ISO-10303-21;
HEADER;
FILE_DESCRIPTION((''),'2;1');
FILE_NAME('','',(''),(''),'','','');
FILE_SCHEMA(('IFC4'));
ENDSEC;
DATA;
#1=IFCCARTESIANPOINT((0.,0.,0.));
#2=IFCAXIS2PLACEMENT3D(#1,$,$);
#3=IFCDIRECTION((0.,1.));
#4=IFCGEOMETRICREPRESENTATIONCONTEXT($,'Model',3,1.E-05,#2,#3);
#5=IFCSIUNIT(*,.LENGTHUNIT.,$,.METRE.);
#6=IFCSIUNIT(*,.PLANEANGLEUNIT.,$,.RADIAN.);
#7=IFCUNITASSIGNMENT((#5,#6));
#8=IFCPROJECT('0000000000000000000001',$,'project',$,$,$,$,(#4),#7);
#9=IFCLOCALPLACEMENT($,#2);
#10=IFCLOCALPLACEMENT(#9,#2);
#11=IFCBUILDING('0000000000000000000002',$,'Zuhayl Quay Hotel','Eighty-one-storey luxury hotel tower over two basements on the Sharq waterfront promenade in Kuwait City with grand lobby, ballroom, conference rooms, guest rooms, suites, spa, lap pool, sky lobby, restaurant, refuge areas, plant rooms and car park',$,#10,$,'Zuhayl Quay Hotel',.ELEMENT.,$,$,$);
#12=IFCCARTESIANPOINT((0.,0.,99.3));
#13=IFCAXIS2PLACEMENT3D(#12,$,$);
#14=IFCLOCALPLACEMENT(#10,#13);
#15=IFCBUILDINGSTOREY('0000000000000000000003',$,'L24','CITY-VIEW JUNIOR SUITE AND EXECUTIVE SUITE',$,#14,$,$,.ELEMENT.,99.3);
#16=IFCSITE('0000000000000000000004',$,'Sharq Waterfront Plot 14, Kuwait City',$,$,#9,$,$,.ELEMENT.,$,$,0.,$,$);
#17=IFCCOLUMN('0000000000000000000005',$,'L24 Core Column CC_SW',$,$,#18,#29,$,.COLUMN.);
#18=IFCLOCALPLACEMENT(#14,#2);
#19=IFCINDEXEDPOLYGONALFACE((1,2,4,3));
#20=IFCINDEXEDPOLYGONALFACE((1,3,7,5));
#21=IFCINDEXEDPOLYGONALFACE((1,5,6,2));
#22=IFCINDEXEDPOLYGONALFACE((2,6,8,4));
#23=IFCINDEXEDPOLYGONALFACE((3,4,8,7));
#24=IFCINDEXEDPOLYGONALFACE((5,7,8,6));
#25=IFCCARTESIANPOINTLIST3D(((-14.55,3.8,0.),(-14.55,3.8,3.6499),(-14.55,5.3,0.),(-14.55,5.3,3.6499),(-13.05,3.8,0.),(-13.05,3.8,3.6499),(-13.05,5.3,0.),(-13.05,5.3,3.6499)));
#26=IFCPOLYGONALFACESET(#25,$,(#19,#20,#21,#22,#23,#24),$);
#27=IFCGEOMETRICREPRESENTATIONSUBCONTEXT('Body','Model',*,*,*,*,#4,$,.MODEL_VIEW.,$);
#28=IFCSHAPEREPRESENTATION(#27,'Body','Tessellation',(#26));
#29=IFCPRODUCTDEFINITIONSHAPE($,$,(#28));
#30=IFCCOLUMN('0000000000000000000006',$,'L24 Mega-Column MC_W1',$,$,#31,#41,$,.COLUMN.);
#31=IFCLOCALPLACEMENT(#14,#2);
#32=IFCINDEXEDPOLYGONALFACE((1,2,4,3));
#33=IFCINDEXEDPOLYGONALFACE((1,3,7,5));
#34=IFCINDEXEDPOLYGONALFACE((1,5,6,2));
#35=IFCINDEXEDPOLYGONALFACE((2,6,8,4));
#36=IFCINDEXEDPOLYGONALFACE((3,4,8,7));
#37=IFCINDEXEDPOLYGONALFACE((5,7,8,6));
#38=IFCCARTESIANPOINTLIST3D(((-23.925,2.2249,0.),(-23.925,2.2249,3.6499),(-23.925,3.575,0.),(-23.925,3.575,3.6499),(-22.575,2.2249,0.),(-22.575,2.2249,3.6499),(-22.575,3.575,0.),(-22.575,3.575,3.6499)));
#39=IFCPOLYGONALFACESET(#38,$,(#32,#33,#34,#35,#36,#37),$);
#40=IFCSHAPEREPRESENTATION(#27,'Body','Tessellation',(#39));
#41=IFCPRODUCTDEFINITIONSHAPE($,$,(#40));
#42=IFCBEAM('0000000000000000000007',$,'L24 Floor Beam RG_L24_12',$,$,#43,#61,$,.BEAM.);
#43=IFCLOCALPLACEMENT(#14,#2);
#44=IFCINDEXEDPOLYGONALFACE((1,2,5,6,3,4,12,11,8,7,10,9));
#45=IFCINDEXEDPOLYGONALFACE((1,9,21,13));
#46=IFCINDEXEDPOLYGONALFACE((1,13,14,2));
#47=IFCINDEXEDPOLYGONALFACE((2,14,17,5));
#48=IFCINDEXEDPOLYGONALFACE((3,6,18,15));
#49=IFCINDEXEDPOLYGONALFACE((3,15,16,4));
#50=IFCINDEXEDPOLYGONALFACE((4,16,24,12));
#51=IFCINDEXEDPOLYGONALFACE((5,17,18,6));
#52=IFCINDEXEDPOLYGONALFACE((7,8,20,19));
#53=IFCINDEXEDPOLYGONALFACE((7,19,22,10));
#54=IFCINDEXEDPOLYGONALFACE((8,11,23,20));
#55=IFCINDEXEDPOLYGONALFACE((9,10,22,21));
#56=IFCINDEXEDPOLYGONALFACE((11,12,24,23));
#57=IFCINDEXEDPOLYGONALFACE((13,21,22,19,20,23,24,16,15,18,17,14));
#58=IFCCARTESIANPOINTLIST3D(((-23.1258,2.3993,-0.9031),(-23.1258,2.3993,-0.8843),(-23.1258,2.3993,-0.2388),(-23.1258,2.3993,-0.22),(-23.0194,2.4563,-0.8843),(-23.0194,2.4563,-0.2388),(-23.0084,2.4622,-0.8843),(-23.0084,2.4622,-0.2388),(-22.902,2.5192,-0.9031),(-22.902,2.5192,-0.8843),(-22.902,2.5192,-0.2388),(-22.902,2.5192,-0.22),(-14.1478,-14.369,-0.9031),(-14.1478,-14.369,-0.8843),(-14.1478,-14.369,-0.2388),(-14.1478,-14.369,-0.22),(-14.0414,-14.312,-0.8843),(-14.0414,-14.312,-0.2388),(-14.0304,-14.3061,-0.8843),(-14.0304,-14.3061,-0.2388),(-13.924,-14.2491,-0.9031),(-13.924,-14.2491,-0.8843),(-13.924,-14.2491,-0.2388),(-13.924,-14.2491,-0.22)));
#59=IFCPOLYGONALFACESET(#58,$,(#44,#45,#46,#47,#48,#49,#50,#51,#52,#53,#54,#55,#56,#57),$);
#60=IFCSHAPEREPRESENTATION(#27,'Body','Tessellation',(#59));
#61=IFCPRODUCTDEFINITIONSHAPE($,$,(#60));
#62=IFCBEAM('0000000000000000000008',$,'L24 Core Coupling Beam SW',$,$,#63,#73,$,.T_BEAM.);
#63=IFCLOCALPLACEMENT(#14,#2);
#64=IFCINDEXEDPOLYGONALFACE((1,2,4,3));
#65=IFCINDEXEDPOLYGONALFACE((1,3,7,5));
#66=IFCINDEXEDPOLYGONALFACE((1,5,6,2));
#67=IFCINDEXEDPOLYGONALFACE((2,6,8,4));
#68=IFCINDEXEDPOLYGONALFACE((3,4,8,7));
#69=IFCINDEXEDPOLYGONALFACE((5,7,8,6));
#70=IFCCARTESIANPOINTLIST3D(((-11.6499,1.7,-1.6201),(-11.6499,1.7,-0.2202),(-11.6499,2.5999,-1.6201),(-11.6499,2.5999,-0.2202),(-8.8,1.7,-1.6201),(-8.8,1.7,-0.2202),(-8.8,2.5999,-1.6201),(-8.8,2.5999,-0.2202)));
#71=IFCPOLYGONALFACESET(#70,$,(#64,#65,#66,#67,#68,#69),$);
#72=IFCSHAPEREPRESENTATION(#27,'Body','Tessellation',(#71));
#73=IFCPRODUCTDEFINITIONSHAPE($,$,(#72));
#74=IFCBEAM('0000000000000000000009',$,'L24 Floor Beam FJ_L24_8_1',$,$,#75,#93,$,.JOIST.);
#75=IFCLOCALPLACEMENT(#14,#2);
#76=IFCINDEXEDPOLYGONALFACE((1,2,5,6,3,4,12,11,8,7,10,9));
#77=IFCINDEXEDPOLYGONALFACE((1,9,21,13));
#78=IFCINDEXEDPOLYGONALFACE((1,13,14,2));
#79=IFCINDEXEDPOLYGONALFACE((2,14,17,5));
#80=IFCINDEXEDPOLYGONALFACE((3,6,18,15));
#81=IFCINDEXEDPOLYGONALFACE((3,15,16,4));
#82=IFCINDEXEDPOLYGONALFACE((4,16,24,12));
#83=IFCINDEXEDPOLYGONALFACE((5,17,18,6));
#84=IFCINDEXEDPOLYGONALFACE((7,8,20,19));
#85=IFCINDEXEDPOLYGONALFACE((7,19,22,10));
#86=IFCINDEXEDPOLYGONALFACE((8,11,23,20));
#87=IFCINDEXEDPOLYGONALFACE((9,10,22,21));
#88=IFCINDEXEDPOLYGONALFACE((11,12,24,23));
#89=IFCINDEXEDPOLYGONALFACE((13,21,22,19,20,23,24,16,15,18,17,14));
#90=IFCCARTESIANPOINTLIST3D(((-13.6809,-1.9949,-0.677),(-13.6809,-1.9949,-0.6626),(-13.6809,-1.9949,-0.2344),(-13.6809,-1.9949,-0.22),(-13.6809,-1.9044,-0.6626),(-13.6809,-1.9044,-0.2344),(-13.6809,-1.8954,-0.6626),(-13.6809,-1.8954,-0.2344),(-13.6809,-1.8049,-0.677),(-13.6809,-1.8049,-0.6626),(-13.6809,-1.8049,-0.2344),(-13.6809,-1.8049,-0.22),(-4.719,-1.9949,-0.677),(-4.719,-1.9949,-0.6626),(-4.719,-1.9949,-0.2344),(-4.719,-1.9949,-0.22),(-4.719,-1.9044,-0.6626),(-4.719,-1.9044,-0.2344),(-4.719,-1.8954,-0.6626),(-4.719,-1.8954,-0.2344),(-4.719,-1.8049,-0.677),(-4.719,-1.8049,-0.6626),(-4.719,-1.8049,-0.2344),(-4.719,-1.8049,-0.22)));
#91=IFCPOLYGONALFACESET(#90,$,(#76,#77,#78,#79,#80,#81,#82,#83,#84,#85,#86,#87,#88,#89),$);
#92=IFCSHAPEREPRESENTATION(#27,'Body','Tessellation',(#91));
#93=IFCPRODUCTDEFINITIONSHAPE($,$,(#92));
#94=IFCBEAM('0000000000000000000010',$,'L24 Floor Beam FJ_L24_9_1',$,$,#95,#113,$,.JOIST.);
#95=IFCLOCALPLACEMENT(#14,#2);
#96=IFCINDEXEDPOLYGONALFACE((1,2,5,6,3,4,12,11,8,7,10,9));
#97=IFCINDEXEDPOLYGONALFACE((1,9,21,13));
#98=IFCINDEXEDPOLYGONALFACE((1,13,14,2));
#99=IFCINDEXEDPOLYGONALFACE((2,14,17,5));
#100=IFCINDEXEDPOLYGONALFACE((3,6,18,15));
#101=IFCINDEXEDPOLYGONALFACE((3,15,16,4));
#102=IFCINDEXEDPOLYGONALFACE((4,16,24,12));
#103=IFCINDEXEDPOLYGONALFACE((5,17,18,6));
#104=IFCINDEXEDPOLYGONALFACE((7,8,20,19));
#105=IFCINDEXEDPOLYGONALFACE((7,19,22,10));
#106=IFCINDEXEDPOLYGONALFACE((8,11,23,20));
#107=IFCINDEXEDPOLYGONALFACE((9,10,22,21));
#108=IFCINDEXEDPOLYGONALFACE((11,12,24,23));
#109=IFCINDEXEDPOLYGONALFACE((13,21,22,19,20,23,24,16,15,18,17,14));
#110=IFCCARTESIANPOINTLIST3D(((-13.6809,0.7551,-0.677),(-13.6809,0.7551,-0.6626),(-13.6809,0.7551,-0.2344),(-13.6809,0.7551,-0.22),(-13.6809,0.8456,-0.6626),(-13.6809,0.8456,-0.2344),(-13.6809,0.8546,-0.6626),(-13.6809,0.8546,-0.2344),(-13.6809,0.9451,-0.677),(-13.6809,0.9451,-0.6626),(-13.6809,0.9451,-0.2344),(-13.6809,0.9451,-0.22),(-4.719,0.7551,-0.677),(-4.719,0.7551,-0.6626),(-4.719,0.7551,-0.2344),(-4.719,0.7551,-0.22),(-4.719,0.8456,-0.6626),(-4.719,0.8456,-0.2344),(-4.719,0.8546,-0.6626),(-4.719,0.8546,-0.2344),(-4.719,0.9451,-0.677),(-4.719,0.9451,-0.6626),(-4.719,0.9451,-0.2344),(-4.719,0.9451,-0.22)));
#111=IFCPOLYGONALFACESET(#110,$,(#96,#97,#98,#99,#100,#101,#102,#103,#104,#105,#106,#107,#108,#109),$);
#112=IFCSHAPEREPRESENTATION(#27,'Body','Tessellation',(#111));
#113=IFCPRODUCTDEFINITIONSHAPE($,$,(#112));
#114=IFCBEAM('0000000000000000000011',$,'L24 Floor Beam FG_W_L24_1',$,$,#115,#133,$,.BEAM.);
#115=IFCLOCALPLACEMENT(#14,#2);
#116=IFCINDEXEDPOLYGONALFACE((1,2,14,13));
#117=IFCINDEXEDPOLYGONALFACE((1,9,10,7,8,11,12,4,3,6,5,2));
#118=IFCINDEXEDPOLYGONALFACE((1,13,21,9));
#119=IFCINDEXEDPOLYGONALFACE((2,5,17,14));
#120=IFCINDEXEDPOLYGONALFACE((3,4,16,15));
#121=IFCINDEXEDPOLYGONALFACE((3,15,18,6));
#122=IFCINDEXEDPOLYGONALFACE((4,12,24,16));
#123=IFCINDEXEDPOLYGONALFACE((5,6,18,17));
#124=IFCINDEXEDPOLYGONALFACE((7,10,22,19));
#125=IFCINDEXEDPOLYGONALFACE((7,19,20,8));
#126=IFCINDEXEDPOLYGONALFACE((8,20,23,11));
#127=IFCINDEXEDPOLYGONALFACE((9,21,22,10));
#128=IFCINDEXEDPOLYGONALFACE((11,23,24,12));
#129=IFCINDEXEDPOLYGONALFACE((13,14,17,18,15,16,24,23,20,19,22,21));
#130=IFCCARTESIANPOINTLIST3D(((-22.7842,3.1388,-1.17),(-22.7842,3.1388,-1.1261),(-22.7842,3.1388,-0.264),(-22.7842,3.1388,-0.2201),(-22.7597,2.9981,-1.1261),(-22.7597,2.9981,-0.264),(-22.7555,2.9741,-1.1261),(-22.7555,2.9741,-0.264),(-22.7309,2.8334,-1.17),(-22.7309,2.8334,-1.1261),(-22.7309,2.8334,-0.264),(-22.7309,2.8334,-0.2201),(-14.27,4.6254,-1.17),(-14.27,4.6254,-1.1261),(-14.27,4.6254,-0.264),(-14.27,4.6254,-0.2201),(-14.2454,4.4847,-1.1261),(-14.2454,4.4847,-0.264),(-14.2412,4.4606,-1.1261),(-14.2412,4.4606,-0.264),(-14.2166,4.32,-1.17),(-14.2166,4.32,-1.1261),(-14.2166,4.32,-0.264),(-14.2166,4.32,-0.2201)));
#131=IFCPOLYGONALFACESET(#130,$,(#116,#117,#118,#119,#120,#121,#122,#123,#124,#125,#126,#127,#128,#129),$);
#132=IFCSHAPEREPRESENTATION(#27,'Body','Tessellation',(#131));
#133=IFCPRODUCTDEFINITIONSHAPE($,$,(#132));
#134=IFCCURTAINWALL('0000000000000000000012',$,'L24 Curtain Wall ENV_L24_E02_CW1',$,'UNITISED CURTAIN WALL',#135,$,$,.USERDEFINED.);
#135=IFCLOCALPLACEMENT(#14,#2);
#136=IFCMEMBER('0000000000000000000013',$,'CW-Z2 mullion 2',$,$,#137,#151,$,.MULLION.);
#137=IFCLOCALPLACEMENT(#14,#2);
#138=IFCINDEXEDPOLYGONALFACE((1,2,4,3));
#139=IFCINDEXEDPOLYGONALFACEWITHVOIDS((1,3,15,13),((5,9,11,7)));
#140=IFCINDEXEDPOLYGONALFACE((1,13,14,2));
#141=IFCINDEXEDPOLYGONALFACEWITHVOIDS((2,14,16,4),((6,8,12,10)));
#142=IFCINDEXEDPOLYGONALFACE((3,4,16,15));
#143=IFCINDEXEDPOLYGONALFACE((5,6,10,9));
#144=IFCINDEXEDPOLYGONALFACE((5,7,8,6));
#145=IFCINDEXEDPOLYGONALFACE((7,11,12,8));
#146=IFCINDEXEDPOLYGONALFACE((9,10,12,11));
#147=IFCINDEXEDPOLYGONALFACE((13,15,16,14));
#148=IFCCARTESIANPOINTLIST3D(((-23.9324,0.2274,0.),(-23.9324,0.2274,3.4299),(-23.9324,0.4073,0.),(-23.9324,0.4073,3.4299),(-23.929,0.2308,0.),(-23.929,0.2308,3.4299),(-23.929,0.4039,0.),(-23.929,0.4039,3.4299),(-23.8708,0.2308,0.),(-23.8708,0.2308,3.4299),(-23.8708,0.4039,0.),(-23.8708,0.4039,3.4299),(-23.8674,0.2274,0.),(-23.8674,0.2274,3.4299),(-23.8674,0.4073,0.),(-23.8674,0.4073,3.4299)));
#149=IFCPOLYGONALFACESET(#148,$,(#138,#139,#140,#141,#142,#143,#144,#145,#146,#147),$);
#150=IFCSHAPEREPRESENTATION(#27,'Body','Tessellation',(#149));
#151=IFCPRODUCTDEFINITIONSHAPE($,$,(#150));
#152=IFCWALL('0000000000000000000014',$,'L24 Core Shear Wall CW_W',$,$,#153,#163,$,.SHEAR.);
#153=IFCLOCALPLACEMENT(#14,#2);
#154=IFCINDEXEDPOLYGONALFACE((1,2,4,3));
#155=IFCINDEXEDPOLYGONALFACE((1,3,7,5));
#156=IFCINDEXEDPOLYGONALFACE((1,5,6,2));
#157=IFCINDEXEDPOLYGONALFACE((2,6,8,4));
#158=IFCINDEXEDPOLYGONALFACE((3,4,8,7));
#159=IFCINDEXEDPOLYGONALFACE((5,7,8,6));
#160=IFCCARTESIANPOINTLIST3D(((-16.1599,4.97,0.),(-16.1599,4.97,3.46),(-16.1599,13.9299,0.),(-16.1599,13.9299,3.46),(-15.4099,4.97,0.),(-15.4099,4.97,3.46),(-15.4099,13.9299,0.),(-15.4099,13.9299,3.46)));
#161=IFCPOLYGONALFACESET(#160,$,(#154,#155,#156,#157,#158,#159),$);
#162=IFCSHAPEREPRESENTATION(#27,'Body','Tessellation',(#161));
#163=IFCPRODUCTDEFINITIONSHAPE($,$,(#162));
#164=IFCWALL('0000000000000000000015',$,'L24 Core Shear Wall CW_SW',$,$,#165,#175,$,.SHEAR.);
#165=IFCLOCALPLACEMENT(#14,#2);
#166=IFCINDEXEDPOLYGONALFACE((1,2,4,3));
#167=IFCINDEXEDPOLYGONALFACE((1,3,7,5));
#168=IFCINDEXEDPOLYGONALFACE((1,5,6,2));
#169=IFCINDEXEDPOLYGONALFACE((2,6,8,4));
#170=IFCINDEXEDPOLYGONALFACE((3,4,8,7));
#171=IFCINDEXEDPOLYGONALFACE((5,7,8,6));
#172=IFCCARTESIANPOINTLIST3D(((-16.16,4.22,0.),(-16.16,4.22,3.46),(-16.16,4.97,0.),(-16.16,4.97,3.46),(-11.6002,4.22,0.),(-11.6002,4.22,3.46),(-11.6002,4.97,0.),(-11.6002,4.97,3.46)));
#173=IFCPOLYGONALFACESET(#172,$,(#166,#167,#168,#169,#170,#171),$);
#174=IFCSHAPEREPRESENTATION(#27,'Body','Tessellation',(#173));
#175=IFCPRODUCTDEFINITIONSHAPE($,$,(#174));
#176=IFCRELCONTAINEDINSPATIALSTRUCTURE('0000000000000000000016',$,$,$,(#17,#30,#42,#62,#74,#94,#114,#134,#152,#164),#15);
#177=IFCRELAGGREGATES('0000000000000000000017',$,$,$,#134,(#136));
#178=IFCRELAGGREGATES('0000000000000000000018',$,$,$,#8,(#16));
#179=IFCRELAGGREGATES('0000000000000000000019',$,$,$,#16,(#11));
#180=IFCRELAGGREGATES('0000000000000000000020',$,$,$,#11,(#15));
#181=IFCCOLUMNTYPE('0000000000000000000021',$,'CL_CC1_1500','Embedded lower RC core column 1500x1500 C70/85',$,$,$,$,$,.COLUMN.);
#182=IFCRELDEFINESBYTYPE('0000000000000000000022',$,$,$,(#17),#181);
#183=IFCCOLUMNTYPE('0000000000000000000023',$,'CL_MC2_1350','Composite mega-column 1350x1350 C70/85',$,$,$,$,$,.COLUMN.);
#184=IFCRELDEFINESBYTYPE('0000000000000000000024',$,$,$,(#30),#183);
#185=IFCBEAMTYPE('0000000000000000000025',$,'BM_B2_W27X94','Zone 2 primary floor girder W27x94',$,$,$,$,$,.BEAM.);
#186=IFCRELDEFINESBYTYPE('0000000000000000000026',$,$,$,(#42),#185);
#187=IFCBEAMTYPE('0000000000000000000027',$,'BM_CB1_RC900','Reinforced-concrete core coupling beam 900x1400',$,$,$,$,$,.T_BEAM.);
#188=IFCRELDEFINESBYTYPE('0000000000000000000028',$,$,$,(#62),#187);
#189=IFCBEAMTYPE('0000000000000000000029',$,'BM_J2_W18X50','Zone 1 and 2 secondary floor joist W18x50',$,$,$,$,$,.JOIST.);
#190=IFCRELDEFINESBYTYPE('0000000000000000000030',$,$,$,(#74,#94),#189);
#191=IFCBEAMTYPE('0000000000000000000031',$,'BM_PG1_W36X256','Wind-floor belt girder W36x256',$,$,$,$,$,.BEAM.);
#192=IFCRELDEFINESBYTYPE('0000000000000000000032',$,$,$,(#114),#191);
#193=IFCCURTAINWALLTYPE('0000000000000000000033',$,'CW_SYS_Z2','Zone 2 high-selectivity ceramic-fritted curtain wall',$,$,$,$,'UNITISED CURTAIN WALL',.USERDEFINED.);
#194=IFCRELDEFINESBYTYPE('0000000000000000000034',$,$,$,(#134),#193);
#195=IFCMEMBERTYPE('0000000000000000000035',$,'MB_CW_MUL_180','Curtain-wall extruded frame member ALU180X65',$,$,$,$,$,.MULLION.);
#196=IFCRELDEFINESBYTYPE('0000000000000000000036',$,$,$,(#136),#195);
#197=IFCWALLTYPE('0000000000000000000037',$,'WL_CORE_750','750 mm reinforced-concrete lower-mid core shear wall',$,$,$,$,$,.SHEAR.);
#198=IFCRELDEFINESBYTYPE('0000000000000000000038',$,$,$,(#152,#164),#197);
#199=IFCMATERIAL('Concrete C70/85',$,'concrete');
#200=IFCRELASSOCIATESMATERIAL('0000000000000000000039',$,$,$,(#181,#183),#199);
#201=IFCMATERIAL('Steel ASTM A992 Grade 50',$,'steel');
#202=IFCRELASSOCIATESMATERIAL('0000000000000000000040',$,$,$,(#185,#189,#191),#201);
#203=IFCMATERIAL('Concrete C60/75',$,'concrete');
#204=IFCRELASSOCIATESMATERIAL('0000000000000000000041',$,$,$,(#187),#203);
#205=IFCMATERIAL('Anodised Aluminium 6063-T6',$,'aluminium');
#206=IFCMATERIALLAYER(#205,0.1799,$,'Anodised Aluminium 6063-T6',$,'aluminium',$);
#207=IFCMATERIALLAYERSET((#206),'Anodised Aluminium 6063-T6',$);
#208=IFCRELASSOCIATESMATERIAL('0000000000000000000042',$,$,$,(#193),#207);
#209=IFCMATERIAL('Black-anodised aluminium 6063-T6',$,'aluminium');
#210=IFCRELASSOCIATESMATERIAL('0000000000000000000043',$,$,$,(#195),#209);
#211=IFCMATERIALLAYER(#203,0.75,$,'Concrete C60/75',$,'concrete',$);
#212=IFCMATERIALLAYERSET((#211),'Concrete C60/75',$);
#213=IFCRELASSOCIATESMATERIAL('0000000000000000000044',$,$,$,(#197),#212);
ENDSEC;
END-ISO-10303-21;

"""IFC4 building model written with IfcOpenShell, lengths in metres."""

from ifc_helpers import new_model, si_unit, direction, frame, frame_2d, origin, origin_2d, place, context, subcontext, project, spatial, rectangle, hollow_rectangle, i_section, extrude, material, layer, layer_set, material_profile, profile_set, type_object, element, aggregate, save


model = new_model("IFC4")

# Units and contexts
model_context = context("Model", 3, precision=1e-05, world=origin(), true_north=direction((0.0, 1.0)))
body_context = subcontext(model_context, "Body", "Model", "MODEL_VIEW")
ifc_project = project(units=[si_unit("LENGTHUNIT", "METRE"), si_unit("PLANEANGLEUNIT", "RADIAN")], contexts=[model_context])

# Site, building, storey
site_placement = place(None, origin())
site = spatial("IfcSite", under=ifc_project, at=site_placement, Name="Sharq Waterfront Plot 14, Kuwait City", CompositionType="ELEMENT", RefElevation=0.0)
building_placement = place(site_placement, origin())
building = spatial("IfcBuilding", under=site, at=building_placement, Name="Zuhayl Quay Hotel", Description="Eighty-one-storey luxury hotel tower over two basements on the Sharq waterfront promenade in Kuwait City with grand lobby, ballroom, conference rooms, guest rooms, suites, spa, lap pool, sky lobby, restaurant, refuge areas, plant rooms and car park", LongName="Zuhayl Quay Hotel", CompositionType="ELEMENT")
storey_placement = place(building_placement, frame((0.0, 0.0, 99.3)))
storey = spatial("IfcBuildingStorey", under=building, at=storey_placement, Name="L24", Description="CITY-VIEW JUNIOR SUITE AND EXECUTIVE SUITE", CompositionType="ELEMENT", Elevation=99.3)

# Columns
ifc_material_1 = material(Name="Concrete C70/85", Category="concrete")
ifc_material_profile_1 = material_profile(ifc_material_1, rectangle(XDim=1.5, YDim=1.5, at=origin_2d()), Name="RC1500X1500")
ifc_profile_set_1 = profile_set([ifc_material_profile_1], Name="Concrete C70/85")
column_type_1 = type_object("IfcColumnType", Name="CL_CC1_1500", Description="Embedded lower RC core column 1500x1500 C70/85", PredefinedType="COLUMN", material=ifc_profile_set_1)
column_1_placement = place(storey_placement, frame((-13.8, 4.55, 0.0), z_axis=(0.0, 0.0, 1.0), x_axis=(1.0, 0.0, 0.0)))
element("IfcColumn", 1, at=column_1_placement, inside=storey, type_object=column_type_1, Name="L24 Core Column CC_SW", PredefinedType="COLUMN", context=body_context, shape_type="SweptSolid", body=[
    extrude(rectangle(XDim=1.5, YDim=1.5, at=origin_2d()), origin(), (0.0, 0.0, 1.0), 3.6499),
])
ifc_material_profile_2 = material_profile(ifc_material_1, rectangle(XDim=1.3501, YDim=1.3501, at=origin_2d()), Name="RC1350X1350")
ifc_profile_set_2 = profile_set([ifc_material_profile_2], Name="Concrete C70/85")
column_type_2 = type_object("IfcColumnType", Name="CL_MC2_1350", Description="Composite mega-column 1350x1350 C70/85", PredefinedType="COLUMN", material=ifc_profile_set_2)
column_2_placement = place(storey_placement, frame((-23.25, 2.8999, 0.0), z_axis=(0.0, 0.0, 1.0), x_axis=(1.0, 0.0, 0.0)))
element("IfcColumn", 2, at=column_2_placement, inside=storey, type_object=column_type_2, Name="L24 Mega-Column MC_W1", PredefinedType="COLUMN", context=body_context, shape_type="SweptSolid", body=[
    extrude(rectangle(XDim=1.3501, YDim=1.3501, at=origin_2d()), origin(), (0.0, 0.0, 1.0), 3.6499),
])

# Beams
ifc_material_2 = material(Name="Steel ASTM A992 Grade 50", Category="steel")
ifc_material_profile_3 = material_profile(ifc_material_2, i_section(OverallWidth=0.2539, OverallDepth=0.6831, WebThickness=0.0125, FlangeThickness=0.0188, at=origin_2d()), Name="W27X94")
ifc_profile_set_3 = profile_set([ifc_material_profile_3], Name="Steel ASTM A992 Grade 50")
beam_type_1 = type_object("IfcBeamType", Name="BM_B2_W27X94", Description="Zone 2 primary floor girder W27x94", PredefinedType="BEAM", material=ifc_profile_set_3)
beam_1_placement = place(storey_placement, frame((-23.0139, 2.4592, -0.5615), z_axis=(0.472017, -0.881589, 0.0), x_axis=(0.881589, 0.472017, 0.0)))
element("IfcBeam", 3, at=beam_1_placement, inside=storey, type_object=beam_type_1, Name="L24 Floor Beam RG_L24_12", PredefinedType="BEAM", context=body_context, shape_type="SweptSolid", body=[
    extrude(i_section(OverallWidth=0.2539, OverallDepth=0.6831, WebThickness=0.0125, FlangeThickness=0.0188, at=origin_2d()), origin(), (0.0, 0.0, 1.0), 19.0205),
])
ifc_material_3 = material(Name="Concrete C60/75", Category="concrete")
ifc_material_profile_4 = material_profile(ifc_material_3, rectangle(XDim=0.8999, YDim=1.3999, at=origin_2d()), Name="RC900X1400")
ifc_profile_set_4 = profile_set([ifc_material_profile_4], Name="Concrete C60/75")
beam_type_2 = type_object("IfcBeamType", Name="BM_CB1_RC900", Description="Reinforced-concrete core coupling beam 900x1400", PredefinedType="T_BEAM", material=ifc_profile_set_4)
beam_2_placement = place(storey_placement, frame((-11.6499, 2.1499, -0.9202), z_axis=(1.0, 0.0, 0.0), x_axis=(0.0, 1.0, 0.0)))
element("IfcBeam", 4, at=beam_2_placement, inside=storey, type_object=beam_type_2, Name="L24 Core Coupling Beam SW", PredefinedType="T_BEAM", context=body_context, shape_type="SweptSolid", body=[
    extrude(rectangle(XDim=0.8999, YDim=1.3999, at=origin_2d()), origin(), (0.0, 0.0, 1.0), 2.8499),
])
ifc_material_profile_5 = material_profile(ifc_material_2, i_section(OverallWidth=0.1899, OverallDepth=0.457, WebThickness=0.009, FlangeThickness=0.0144, at=origin_2d()), Name="W18X50")
ifc_profile_set_5 = profile_set([ifc_material_profile_5], Name="Steel ASTM A992 Grade 50")
beam_type_3 = type_object("IfcBeamType", Name="BM_J2_W18X50", Description="Zone 1 and 2 secondary floor joist W18x50", PredefinedType="JOIST", material=ifc_profile_set_5)
for number, where, z_axis, x_axis, name in (
    (5, (-13.6809, -1.8999, -0.4485), (1.0, 0.0, 0.0), (0.0, 1.0, 0.0), "L24 Floor Beam FJ_L24_8_1"),
    (6, (-13.6809, 0.8501, -0.4485), (1.0, 0.0, 0.0), (0.0, 1.0, 0.0), "L24 Floor Beam FJ_L24_9_1"),
):
    element("IfcBeam", number, at=place(storey_placement, frame(where, z_axis=z_axis, x_axis=x_axis)), inside=storey, type_object=beam_type_3, Name=name, PredefinedType="JOIST", context=body_context, shape_type="SweptSolid", body=[
        extrude(i_section(OverallWidth=0.1899, OverallDepth=0.457, WebThickness=0.009, FlangeThickness=0.0144, at=origin_2d()), origin(), (0.0, 0.0, 1.0), 8.9619),
    ])
ifc_material_profile_6 = material_profile(ifc_material_2, i_section(OverallWidth=0.3101, OverallDepth=0.95, WebThickness=0.0244, FlangeThickness=0.0439, at=origin_2d()), Name="W36X256")
ifc_profile_set_6 = profile_set([ifc_material_profile_6], Name="Steel ASTM A992 Grade 50")
beam_type_4 = type_object("IfcBeamType", Name="BM_PG1_W36X256", Description="Wind-floor belt girder W36x256", PredefinedType="BEAM", material=ifc_profile_set_6)
beam_3_placement = place(storey_placement, frame((-22.7576, 2.9861, -0.6951), z_axis=(0.985097, 0.171998, 0.0), x_axis=(-0.171998, 0.985097, 0.0)))
element("IfcBeam", 7, at=beam_3_placement, inside=storey, type_object=beam_type_4, Name="L24 Floor Beam FG_W_L24_1", PredefinedType="BEAM", context=body_context, shape_type="SweptSolid", body=[
    extrude(i_section(OverallWidth=0.3101, OverallDepth=0.95, WebThickness=0.0244, FlangeThickness=0.0439, at=origin_2d()), origin(), (0.0, 0.0, 1.0), 8.6431),
])

# Curtain wall, member
ifc_material_4 = material(Name="Anodised Aluminium 6063-T6", Category="aluminium")
ifc_layer_1 = layer(ifc_material_4, 0.1799, Name="Anodised Aluminium 6063-T6", Category="aluminium")
ifc_layer_set_1 = layer_set([ifc_layer_1], Name="Anodised Aluminium 6063-T6")
curtain_wall_type = type_object("IfcCurtainWallType", Name="CW_SYS_Z2", Description="Zone 2 high-selectivity ceramic-fritted curtain wall", ElementType="UNITISED CURTAIN WALL", PredefinedType="USERDEFINED", material=ifc_layer_set_1)
curtain_wall_placement = place(storey_placement, origin())
curtain_wall = element("IfcCurtainWall", 8, at=curtain_wall_placement, inside=storey, type_object=curtain_wall_type, Name="L24 Curtain Wall ENV_L24_E02_CW1", ObjectType="UNITISED CURTAIN WALL", PredefinedType="USERDEFINED")
ifc_material_5 = material(Name="Black-anodised aluminium 6063-T6", Category="aluminium")
ifc_material_profile_7 = material_profile(ifc_material_5, hollow_rectangle(XDim=0.0649, YDim=0.1799, WallThickness=0.0034, at=origin_2d()), Name="ALU180X65")
ifc_profile_set_7 = profile_set([ifc_material_profile_7], Name="Black-anodised aluminium 6063-T6")
member_type = type_object("IfcMemberType", Name="MB_CW_MUL_180", Description="Curtain-wall extruded frame member ALU180X65", PredefinedType="MULLION", material=ifc_profile_set_7)
member_placement = place(storey_placement, frame((-23.8999, 0.3174, 0.0), z_axis=(0.0, 0.0, 1.0), x_axis=(-1.0, 0.0, 0.0)))
member = element("IfcMember", 9, at=member_placement, type_object=member_type, Name="CW-Z2 mullion 2", PredefinedType="MULLION", context=body_context, shape_type="SweptSolid", body=[
    extrude(hollow_rectangle(XDim=0.0649, YDim=0.1799, WallThickness=0.0034, at=origin_2d()), origin(), (0.0, 0.0, 1.0), 3.4299),
])
aggregate(curtain_wall, [member])

# Walls
ifc_layer_2 = layer(ifc_material_3, 0.75, Name="Concrete C60/75", Category="concrete")
ifc_layer_set_2 = layer_set([ifc_layer_2], Name="Concrete C60/75")
wall_type_1 = type_object("IfcWallType", Name="WL_CORE_750", Description="750 mm reinforced-concrete lower-mid core shear wall", PredefinedType="SHEAR", material=ifc_layer_set_2)
wall_1_placement = place(storey_placement, frame((-15.7849, 4.97, 0.0), z_axis=(0.0, 0.0, 1.0), x_axis=(0.0, 1.0, 0.0)))
element("IfcWall", 10, at=wall_1_placement, inside=storey, type_object=wall_type_1, Name="L24 Core Shear Wall CW_W", PredefinedType="SHEAR", context=body_context, shape_type="SweptSolid", body=[
    extrude(rectangle(XDim=8.96, YDim=0.75, at=frame_2d((4.48, 0.0))), origin(), (0.0, 0.0, 1.0), 3.46),
])
wall_2_placement = place(storey_placement, frame((-16.1599, 4.595, 0.0), z_axis=(0.0, 0.0, 1.0), x_axis=(1.0, 0.0, 0.0)))
element("IfcWall", 11, at=wall_2_placement, inside=storey, type_object=wall_type_1, Name="L24 Core Shear Wall CW_SW", PredefinedType="SHEAR", context=body_context, shape_type="SweptSolid", body=[
    extrude(rectangle(XDim=4.5598, YDim=0.75, at=frame_2d((2.2798, 0.0))), origin(), (0.0, 0.0, 1.0), 3.46),
])

save(model, "model.ifc")
